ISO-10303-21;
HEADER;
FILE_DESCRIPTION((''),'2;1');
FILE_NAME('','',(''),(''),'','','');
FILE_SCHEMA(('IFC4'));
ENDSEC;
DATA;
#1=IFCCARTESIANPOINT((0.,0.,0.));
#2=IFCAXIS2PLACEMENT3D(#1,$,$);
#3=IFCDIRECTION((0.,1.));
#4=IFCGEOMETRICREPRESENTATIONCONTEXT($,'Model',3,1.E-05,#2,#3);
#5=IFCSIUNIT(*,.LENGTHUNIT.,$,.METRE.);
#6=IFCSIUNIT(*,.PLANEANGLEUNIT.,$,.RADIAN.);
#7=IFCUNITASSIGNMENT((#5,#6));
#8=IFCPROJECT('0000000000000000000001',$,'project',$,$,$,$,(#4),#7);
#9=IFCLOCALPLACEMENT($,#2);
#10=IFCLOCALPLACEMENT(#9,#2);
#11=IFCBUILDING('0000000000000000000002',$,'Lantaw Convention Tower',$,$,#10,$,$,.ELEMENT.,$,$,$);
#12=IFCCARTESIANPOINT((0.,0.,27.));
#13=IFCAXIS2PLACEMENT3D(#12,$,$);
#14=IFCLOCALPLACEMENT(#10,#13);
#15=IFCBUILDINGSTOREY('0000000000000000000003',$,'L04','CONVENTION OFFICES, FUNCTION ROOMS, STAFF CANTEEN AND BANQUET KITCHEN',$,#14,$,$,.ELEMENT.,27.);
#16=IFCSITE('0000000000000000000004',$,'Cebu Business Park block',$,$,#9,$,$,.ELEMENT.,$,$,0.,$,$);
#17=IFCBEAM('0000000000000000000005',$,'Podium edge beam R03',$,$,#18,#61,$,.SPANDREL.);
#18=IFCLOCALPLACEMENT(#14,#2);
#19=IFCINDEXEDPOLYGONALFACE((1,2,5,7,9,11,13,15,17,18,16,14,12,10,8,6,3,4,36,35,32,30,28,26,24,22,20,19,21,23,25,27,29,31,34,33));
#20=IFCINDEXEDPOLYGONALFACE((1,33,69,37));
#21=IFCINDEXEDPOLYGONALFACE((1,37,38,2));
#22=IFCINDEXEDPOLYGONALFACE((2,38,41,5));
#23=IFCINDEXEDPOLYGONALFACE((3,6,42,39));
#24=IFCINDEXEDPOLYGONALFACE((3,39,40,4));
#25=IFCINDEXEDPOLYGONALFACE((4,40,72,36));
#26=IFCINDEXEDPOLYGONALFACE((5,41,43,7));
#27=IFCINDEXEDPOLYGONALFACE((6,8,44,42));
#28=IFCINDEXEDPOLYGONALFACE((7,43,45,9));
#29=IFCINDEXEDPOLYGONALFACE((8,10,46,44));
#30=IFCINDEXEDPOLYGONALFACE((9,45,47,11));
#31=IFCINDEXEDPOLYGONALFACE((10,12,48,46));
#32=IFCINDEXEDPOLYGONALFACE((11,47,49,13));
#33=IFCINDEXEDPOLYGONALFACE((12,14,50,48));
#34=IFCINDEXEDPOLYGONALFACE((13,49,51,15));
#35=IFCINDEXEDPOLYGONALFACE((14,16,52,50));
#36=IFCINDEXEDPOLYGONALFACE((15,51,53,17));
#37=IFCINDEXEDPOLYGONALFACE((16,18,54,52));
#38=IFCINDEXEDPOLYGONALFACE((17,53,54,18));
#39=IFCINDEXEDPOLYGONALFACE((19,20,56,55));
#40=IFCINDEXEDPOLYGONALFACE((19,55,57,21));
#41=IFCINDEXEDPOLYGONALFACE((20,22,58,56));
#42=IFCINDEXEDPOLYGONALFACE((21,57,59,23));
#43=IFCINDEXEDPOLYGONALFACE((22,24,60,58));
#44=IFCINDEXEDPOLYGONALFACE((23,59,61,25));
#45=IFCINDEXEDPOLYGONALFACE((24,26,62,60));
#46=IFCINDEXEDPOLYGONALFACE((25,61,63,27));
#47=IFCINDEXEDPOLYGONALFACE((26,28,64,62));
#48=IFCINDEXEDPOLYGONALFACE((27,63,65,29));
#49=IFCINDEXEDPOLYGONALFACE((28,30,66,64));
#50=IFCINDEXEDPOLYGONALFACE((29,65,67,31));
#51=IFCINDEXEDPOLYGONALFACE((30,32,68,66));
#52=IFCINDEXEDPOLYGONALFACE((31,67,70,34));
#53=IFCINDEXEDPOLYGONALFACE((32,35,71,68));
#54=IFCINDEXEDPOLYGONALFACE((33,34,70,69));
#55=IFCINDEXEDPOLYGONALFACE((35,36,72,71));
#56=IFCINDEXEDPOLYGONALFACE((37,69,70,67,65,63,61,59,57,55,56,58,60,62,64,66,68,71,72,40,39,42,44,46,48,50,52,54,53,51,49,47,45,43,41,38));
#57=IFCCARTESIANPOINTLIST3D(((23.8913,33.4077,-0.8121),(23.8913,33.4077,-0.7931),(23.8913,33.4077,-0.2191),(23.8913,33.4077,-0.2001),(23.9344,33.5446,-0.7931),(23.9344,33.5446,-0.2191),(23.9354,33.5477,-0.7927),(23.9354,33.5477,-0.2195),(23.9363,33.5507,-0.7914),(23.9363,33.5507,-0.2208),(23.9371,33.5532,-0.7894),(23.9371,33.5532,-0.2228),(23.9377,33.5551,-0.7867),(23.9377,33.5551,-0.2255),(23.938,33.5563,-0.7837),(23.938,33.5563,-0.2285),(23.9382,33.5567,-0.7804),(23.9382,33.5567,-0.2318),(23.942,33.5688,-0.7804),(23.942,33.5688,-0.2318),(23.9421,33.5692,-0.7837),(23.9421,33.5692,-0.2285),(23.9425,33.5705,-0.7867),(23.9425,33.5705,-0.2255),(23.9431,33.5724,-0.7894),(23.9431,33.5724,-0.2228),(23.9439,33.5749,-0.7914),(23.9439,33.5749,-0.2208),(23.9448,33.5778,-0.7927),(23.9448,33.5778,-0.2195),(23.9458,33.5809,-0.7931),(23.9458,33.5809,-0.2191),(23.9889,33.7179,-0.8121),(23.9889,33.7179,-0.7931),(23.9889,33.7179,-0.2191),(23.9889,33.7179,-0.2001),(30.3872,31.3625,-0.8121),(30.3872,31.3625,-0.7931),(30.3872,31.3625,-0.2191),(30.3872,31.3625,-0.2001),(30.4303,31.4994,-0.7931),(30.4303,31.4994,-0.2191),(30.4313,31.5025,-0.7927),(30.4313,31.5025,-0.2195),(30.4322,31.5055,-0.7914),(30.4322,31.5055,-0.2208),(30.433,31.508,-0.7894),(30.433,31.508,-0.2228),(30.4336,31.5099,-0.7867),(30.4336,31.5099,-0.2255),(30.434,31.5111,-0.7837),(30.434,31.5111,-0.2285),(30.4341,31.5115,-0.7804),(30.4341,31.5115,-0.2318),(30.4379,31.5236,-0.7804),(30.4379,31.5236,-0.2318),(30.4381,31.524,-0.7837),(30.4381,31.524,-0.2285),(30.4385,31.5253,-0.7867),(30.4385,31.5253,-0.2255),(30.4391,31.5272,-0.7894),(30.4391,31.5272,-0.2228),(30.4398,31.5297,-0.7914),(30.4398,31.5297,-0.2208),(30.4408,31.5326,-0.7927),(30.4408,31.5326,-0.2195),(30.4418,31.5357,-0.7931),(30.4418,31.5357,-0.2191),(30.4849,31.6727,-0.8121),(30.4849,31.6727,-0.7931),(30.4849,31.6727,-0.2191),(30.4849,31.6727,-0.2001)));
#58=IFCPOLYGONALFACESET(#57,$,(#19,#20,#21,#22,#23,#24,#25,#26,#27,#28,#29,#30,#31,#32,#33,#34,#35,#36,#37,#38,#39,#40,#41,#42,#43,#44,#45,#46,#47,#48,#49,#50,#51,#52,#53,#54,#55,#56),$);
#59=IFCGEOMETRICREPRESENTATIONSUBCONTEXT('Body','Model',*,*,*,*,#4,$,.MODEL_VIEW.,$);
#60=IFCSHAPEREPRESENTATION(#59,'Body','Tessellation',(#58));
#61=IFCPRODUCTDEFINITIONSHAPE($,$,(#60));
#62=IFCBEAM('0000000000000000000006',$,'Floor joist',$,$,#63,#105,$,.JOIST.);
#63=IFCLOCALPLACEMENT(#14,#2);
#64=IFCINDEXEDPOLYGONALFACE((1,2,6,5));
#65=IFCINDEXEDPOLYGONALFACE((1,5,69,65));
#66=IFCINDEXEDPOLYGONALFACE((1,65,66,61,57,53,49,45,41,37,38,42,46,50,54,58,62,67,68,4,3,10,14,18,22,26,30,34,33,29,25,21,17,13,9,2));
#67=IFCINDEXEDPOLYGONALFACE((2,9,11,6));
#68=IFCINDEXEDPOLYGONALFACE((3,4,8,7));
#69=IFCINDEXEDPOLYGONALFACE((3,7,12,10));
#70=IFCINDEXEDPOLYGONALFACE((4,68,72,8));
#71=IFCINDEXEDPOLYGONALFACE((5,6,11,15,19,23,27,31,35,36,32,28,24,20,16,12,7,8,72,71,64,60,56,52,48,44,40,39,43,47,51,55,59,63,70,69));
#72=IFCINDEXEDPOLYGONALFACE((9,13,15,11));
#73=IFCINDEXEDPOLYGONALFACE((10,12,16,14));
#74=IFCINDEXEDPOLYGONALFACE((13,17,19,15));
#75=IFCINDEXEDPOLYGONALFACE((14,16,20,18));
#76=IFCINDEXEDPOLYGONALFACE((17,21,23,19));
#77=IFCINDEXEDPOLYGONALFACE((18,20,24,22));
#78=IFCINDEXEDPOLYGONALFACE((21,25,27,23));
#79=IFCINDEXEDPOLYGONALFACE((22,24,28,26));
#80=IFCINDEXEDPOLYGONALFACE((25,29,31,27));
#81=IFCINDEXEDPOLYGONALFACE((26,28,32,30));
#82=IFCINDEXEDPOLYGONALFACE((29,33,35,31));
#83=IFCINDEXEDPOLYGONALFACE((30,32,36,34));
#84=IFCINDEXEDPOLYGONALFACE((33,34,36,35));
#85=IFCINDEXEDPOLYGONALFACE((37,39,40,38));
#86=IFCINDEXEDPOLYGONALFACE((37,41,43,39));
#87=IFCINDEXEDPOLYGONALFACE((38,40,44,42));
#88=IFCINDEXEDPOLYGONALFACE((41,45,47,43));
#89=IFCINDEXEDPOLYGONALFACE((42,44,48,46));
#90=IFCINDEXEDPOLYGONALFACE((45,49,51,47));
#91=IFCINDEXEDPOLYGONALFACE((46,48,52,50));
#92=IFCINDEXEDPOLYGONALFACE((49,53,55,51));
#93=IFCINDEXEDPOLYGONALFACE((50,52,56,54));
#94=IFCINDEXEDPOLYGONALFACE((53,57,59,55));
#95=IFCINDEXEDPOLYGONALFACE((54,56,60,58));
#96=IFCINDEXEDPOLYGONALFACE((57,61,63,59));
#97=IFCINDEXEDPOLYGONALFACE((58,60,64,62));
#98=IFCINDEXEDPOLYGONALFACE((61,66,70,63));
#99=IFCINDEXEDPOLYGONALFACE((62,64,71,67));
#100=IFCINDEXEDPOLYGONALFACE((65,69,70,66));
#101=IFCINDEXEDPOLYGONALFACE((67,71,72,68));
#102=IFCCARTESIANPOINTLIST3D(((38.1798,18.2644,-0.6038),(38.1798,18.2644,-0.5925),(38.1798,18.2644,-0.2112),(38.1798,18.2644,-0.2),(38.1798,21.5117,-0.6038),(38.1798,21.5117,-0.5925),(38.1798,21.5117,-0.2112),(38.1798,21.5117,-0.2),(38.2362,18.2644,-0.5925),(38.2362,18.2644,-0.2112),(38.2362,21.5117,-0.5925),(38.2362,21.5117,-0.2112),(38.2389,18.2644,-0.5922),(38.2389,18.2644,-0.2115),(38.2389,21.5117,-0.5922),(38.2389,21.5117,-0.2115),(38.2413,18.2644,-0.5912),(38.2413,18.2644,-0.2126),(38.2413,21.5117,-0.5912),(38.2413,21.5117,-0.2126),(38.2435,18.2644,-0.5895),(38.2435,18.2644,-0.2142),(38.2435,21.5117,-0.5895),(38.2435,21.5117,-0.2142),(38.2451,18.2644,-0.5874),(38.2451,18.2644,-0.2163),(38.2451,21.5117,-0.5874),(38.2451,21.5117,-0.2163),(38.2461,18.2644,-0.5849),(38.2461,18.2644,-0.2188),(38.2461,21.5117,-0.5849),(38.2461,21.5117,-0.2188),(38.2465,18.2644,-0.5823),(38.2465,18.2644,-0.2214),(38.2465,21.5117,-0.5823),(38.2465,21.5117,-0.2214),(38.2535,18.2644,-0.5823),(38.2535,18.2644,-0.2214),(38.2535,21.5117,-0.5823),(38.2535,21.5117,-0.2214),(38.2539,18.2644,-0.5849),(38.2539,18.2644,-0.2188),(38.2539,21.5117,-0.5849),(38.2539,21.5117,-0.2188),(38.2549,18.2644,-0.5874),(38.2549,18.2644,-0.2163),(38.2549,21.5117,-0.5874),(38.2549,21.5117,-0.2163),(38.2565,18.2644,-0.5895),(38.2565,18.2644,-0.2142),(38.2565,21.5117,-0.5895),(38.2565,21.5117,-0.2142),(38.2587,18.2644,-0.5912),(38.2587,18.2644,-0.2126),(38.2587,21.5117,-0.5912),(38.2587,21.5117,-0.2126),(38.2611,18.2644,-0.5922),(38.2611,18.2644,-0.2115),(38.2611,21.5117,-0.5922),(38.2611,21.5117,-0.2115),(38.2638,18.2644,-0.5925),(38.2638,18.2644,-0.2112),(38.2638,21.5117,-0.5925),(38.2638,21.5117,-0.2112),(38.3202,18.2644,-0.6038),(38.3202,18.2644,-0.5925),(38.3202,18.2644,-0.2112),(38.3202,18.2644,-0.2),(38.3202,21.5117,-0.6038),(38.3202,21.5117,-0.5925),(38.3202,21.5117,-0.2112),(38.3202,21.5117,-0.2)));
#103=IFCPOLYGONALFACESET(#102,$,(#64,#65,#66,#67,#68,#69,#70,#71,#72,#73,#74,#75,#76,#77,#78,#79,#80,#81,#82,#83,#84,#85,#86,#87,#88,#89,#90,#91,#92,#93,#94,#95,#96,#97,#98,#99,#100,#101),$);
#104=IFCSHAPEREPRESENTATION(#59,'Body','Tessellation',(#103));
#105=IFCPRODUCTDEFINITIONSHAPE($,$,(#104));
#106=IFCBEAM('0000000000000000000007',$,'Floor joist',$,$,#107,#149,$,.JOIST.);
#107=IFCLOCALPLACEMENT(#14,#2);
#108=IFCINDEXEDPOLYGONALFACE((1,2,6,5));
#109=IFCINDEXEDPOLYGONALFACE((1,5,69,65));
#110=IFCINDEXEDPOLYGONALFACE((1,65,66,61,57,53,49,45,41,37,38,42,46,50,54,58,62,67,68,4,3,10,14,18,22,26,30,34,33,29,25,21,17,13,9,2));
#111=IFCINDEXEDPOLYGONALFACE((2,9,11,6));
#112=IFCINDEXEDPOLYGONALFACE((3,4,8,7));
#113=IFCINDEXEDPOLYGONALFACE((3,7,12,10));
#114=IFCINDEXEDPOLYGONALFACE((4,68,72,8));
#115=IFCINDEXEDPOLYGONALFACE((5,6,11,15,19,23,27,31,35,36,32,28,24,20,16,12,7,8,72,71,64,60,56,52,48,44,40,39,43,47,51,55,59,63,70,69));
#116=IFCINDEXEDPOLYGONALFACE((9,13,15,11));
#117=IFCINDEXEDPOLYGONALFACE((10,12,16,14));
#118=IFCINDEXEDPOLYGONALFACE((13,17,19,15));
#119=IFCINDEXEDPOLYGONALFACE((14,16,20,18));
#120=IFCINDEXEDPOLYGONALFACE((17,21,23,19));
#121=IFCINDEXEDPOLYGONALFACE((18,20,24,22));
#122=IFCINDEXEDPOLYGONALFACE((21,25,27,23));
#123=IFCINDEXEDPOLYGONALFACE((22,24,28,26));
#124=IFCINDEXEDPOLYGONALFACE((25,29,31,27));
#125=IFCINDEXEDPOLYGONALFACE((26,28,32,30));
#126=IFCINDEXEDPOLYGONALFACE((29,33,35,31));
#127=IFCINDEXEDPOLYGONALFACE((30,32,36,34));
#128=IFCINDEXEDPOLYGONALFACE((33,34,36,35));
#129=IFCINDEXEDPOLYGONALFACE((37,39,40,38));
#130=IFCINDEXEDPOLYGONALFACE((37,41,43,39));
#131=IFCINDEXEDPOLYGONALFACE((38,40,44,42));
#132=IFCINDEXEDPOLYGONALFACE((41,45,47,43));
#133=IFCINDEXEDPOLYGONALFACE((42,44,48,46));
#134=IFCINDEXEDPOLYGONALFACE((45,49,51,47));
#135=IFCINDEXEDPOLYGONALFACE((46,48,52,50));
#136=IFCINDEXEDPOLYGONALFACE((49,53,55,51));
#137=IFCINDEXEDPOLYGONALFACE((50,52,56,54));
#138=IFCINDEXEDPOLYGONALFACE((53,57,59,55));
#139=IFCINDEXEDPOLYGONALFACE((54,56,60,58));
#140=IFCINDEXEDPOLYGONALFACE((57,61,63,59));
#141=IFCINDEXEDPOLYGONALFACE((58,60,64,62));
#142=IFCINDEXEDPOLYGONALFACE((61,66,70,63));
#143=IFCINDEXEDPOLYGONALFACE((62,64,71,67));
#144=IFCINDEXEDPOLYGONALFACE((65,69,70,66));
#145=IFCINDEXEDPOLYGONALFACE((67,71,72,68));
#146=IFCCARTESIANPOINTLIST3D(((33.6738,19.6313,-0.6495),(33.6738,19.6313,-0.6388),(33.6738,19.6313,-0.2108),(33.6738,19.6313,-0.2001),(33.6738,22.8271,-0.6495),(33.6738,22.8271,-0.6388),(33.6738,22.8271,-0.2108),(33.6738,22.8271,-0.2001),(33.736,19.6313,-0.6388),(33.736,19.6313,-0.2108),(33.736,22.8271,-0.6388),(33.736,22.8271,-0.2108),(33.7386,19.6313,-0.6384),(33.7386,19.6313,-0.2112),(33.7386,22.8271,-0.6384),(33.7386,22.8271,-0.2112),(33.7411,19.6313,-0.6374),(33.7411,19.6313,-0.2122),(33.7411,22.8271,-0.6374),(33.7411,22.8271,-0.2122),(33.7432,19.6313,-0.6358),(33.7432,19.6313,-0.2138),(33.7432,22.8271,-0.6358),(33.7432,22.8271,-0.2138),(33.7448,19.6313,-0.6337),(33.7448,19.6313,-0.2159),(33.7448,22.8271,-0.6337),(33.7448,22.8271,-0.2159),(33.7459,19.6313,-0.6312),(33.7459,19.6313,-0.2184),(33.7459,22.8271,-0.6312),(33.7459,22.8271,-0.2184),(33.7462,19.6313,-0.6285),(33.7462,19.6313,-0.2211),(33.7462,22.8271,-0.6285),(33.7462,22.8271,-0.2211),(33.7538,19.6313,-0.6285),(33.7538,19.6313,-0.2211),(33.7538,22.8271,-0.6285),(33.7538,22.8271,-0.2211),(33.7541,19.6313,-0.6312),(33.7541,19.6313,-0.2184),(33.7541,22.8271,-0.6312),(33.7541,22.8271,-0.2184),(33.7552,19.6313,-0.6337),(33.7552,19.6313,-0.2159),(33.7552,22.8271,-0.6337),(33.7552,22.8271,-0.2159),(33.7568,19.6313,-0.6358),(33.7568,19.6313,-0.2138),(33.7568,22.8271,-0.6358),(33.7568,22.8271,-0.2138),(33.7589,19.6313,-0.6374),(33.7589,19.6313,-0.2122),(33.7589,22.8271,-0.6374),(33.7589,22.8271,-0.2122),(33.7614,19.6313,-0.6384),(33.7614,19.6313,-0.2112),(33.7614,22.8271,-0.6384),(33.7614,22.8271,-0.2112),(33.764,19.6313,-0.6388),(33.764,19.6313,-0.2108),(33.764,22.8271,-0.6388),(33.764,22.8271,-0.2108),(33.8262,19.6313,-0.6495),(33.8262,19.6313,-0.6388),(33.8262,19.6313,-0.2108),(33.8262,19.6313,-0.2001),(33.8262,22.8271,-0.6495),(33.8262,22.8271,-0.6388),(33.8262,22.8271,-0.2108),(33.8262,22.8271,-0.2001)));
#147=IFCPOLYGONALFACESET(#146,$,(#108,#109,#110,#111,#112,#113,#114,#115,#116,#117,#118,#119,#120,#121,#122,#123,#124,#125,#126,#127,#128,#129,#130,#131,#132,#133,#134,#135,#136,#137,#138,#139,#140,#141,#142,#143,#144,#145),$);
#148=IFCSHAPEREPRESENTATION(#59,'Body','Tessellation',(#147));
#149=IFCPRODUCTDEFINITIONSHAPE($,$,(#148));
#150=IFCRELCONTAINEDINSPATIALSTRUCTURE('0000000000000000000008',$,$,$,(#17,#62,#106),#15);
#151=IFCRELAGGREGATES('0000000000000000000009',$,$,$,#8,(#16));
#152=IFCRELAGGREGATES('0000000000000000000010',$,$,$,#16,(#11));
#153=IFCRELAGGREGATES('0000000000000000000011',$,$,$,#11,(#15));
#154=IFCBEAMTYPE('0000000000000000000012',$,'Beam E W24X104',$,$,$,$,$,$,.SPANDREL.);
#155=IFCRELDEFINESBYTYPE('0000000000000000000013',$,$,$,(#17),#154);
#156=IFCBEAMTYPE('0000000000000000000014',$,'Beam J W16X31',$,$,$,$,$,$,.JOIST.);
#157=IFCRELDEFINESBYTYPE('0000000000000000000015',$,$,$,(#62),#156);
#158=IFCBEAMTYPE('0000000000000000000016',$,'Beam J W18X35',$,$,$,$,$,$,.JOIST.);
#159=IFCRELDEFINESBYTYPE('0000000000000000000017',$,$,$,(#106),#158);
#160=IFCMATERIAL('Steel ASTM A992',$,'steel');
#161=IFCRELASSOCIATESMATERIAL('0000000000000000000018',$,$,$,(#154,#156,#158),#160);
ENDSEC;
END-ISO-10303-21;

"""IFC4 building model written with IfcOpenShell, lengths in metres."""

from ifc_helpers import new_model, si_unit, direction, frame, origin, origin_2d, place, context, subcontext, project, spatial, i_section, extrude, material, material_profile, profile_set, type_object, element, save


model = new_model("IFC4")

# Units and contexts
model_context = context("Model", 3, precision=1e-05, world=origin(), true_north=direction((0.0, 1.0)))
body_context = subcontext(model_context, "Body", "Model", "MODEL_VIEW")
ifc_project = project(units=[si_unit("LENGTHUNIT", "METRE"), si_unit("PLANEANGLEUNIT", "RADIAN")], contexts=[model_context])

# Site, building, storey
site_placement = place(None, origin())
site = spatial("IfcSite", under=ifc_project, at=site_placement, Name="Cebu Business Park block", CompositionType="ELEMENT", RefElevation=0.0)
building_placement = place(site_placement, origin())
building = spatial("IfcBuilding", under=site, at=building_placement, Name="Lantaw Convention Tower", CompositionType="ELEMENT")
storey_placement = place(building_placement, frame((0.0, 0.0, 27.0)))
storey = spatial("IfcBuildingStorey", under=building, at=storey_placement, Name="L04", Description="CONVENTION OFFICES, FUNCTION ROOMS, STAFF CANTEEN AND BANQUET KITCHEN", CompositionType="ELEMENT", Elevation=27.0)

# Beams
ifc_material_1 = material(Name="Steel ASTM A992", Category="steel")
ifc_material_profile_1 = material_profile(ifc_material_1, i_section(OverallWidth=0.3252, OverallDepth=0.6121, WebThickness=0.0127, FlangeThickness=0.019, FilletRadius=0.0127, at=origin_2d()), Name="W24X104")
ifc_profile_set_1 = profile_set([ifc_material_profile_1], Name="Steel ASTM A992")
beam_type_1 = type_object("IfcBeamType", Name="Beam E W24X104", PredefinedType="SPANDREL", material=ifc_profile_set_1)
beam_1_placement = place(storey_placement, frame((30.436, 31.5176, -0.5061), z_axis=(-0.953842, 0.300309, 0.0), x_axis=(-0.300309, -0.953842, 0.0)))
element("IfcBeam", 1, at=beam_1_placement, inside=storey, type_object=beam_type_1, Name="Podium edge beam R03", PredefinedType="SPANDREL", context=body_context, shape_type="SweptSolid", body=[
    extrude(i_section(OverallWidth=0.3252, OverallDepth=0.6121, WebThickness=0.0127, FlangeThickness=0.019, FilletRadius=0.0127, at=origin_2d()), origin(), (0.0, 0.0, 1.0), 6.8103),
])
ifc_material_profile_2 = material_profile(ifc_material_1, i_section(OverallWidth=0.1404, OverallDepth=0.4038, WebThickness=0.0071, FlangeThickness=0.0112, FilletRadius=0.0103, at=origin_2d()), Name="W16X31")
ifc_profile_set_2 = profile_set([ifc_material_profile_2], Name="Steel ASTM A992")
beam_type_2 = type_object("IfcBeamType", Name="Beam J W16X31", PredefinedType="JOIST", material=ifc_profile_set_2)
beam_2_placement = place(storey_placement, frame((38.25, 18.2644, -0.4019), z_axis=(0.0, 1.0, 0.0), x_axis=(-1.0, 0.0, 0.0)))
element("IfcBeam", 2, at=beam_2_placement, inside=storey, type_object=beam_type_2, Name="Floor joist", PredefinedType="JOIST", context=body_context, shape_type="SweptSolid", body=[
    extrude(i_section(OverallWidth=0.1404, OverallDepth=0.4038, WebThickness=0.0071, FlangeThickness=0.0112, FilletRadius=0.0103, at=origin_2d()), origin(), (0.0, 0.0, 1.0), 3.2473),
])
ifc_material_profile_3 = material_profile(ifc_material_1, i_section(OverallWidth=0.1523, OverallDepth=0.4495, WebThickness=0.0076, FlangeThickness=0.0107, FilletRadius=0.0103, at=origin_2d()), Name="W18X35")
ifc_profile_set_3 = profile_set([ifc_material_profile_3], Name="Steel ASTM A992")
beam_type_3 = type_object("IfcBeamType", Name="Beam J W18X35", PredefinedType="JOIST", material=ifc_profile_set_3)
beam_3_placement = place(storey_placement, frame((33.75, 19.6313, -0.4248), z_axis=(0.0, 1.0, 0.0), x_axis=(-1.0, 0.0, 0.0)))
element("IfcBeam", 3, at=beam_3_placement, inside=storey, type_object=beam_type_3, Name="Floor joist", PredefinedType="JOIST", context=body_context, shape_type="SweptSolid", body=[
    extrude(i_section(OverallWidth=0.1523, OverallDepth=0.4495, WebThickness=0.0076, FlangeThickness=0.0107, FilletRadius=0.0103, at=origin_2d()), origin(), (0.0, 0.0, 1.0), 3.1958),
])

save(model, "model.ifc")
